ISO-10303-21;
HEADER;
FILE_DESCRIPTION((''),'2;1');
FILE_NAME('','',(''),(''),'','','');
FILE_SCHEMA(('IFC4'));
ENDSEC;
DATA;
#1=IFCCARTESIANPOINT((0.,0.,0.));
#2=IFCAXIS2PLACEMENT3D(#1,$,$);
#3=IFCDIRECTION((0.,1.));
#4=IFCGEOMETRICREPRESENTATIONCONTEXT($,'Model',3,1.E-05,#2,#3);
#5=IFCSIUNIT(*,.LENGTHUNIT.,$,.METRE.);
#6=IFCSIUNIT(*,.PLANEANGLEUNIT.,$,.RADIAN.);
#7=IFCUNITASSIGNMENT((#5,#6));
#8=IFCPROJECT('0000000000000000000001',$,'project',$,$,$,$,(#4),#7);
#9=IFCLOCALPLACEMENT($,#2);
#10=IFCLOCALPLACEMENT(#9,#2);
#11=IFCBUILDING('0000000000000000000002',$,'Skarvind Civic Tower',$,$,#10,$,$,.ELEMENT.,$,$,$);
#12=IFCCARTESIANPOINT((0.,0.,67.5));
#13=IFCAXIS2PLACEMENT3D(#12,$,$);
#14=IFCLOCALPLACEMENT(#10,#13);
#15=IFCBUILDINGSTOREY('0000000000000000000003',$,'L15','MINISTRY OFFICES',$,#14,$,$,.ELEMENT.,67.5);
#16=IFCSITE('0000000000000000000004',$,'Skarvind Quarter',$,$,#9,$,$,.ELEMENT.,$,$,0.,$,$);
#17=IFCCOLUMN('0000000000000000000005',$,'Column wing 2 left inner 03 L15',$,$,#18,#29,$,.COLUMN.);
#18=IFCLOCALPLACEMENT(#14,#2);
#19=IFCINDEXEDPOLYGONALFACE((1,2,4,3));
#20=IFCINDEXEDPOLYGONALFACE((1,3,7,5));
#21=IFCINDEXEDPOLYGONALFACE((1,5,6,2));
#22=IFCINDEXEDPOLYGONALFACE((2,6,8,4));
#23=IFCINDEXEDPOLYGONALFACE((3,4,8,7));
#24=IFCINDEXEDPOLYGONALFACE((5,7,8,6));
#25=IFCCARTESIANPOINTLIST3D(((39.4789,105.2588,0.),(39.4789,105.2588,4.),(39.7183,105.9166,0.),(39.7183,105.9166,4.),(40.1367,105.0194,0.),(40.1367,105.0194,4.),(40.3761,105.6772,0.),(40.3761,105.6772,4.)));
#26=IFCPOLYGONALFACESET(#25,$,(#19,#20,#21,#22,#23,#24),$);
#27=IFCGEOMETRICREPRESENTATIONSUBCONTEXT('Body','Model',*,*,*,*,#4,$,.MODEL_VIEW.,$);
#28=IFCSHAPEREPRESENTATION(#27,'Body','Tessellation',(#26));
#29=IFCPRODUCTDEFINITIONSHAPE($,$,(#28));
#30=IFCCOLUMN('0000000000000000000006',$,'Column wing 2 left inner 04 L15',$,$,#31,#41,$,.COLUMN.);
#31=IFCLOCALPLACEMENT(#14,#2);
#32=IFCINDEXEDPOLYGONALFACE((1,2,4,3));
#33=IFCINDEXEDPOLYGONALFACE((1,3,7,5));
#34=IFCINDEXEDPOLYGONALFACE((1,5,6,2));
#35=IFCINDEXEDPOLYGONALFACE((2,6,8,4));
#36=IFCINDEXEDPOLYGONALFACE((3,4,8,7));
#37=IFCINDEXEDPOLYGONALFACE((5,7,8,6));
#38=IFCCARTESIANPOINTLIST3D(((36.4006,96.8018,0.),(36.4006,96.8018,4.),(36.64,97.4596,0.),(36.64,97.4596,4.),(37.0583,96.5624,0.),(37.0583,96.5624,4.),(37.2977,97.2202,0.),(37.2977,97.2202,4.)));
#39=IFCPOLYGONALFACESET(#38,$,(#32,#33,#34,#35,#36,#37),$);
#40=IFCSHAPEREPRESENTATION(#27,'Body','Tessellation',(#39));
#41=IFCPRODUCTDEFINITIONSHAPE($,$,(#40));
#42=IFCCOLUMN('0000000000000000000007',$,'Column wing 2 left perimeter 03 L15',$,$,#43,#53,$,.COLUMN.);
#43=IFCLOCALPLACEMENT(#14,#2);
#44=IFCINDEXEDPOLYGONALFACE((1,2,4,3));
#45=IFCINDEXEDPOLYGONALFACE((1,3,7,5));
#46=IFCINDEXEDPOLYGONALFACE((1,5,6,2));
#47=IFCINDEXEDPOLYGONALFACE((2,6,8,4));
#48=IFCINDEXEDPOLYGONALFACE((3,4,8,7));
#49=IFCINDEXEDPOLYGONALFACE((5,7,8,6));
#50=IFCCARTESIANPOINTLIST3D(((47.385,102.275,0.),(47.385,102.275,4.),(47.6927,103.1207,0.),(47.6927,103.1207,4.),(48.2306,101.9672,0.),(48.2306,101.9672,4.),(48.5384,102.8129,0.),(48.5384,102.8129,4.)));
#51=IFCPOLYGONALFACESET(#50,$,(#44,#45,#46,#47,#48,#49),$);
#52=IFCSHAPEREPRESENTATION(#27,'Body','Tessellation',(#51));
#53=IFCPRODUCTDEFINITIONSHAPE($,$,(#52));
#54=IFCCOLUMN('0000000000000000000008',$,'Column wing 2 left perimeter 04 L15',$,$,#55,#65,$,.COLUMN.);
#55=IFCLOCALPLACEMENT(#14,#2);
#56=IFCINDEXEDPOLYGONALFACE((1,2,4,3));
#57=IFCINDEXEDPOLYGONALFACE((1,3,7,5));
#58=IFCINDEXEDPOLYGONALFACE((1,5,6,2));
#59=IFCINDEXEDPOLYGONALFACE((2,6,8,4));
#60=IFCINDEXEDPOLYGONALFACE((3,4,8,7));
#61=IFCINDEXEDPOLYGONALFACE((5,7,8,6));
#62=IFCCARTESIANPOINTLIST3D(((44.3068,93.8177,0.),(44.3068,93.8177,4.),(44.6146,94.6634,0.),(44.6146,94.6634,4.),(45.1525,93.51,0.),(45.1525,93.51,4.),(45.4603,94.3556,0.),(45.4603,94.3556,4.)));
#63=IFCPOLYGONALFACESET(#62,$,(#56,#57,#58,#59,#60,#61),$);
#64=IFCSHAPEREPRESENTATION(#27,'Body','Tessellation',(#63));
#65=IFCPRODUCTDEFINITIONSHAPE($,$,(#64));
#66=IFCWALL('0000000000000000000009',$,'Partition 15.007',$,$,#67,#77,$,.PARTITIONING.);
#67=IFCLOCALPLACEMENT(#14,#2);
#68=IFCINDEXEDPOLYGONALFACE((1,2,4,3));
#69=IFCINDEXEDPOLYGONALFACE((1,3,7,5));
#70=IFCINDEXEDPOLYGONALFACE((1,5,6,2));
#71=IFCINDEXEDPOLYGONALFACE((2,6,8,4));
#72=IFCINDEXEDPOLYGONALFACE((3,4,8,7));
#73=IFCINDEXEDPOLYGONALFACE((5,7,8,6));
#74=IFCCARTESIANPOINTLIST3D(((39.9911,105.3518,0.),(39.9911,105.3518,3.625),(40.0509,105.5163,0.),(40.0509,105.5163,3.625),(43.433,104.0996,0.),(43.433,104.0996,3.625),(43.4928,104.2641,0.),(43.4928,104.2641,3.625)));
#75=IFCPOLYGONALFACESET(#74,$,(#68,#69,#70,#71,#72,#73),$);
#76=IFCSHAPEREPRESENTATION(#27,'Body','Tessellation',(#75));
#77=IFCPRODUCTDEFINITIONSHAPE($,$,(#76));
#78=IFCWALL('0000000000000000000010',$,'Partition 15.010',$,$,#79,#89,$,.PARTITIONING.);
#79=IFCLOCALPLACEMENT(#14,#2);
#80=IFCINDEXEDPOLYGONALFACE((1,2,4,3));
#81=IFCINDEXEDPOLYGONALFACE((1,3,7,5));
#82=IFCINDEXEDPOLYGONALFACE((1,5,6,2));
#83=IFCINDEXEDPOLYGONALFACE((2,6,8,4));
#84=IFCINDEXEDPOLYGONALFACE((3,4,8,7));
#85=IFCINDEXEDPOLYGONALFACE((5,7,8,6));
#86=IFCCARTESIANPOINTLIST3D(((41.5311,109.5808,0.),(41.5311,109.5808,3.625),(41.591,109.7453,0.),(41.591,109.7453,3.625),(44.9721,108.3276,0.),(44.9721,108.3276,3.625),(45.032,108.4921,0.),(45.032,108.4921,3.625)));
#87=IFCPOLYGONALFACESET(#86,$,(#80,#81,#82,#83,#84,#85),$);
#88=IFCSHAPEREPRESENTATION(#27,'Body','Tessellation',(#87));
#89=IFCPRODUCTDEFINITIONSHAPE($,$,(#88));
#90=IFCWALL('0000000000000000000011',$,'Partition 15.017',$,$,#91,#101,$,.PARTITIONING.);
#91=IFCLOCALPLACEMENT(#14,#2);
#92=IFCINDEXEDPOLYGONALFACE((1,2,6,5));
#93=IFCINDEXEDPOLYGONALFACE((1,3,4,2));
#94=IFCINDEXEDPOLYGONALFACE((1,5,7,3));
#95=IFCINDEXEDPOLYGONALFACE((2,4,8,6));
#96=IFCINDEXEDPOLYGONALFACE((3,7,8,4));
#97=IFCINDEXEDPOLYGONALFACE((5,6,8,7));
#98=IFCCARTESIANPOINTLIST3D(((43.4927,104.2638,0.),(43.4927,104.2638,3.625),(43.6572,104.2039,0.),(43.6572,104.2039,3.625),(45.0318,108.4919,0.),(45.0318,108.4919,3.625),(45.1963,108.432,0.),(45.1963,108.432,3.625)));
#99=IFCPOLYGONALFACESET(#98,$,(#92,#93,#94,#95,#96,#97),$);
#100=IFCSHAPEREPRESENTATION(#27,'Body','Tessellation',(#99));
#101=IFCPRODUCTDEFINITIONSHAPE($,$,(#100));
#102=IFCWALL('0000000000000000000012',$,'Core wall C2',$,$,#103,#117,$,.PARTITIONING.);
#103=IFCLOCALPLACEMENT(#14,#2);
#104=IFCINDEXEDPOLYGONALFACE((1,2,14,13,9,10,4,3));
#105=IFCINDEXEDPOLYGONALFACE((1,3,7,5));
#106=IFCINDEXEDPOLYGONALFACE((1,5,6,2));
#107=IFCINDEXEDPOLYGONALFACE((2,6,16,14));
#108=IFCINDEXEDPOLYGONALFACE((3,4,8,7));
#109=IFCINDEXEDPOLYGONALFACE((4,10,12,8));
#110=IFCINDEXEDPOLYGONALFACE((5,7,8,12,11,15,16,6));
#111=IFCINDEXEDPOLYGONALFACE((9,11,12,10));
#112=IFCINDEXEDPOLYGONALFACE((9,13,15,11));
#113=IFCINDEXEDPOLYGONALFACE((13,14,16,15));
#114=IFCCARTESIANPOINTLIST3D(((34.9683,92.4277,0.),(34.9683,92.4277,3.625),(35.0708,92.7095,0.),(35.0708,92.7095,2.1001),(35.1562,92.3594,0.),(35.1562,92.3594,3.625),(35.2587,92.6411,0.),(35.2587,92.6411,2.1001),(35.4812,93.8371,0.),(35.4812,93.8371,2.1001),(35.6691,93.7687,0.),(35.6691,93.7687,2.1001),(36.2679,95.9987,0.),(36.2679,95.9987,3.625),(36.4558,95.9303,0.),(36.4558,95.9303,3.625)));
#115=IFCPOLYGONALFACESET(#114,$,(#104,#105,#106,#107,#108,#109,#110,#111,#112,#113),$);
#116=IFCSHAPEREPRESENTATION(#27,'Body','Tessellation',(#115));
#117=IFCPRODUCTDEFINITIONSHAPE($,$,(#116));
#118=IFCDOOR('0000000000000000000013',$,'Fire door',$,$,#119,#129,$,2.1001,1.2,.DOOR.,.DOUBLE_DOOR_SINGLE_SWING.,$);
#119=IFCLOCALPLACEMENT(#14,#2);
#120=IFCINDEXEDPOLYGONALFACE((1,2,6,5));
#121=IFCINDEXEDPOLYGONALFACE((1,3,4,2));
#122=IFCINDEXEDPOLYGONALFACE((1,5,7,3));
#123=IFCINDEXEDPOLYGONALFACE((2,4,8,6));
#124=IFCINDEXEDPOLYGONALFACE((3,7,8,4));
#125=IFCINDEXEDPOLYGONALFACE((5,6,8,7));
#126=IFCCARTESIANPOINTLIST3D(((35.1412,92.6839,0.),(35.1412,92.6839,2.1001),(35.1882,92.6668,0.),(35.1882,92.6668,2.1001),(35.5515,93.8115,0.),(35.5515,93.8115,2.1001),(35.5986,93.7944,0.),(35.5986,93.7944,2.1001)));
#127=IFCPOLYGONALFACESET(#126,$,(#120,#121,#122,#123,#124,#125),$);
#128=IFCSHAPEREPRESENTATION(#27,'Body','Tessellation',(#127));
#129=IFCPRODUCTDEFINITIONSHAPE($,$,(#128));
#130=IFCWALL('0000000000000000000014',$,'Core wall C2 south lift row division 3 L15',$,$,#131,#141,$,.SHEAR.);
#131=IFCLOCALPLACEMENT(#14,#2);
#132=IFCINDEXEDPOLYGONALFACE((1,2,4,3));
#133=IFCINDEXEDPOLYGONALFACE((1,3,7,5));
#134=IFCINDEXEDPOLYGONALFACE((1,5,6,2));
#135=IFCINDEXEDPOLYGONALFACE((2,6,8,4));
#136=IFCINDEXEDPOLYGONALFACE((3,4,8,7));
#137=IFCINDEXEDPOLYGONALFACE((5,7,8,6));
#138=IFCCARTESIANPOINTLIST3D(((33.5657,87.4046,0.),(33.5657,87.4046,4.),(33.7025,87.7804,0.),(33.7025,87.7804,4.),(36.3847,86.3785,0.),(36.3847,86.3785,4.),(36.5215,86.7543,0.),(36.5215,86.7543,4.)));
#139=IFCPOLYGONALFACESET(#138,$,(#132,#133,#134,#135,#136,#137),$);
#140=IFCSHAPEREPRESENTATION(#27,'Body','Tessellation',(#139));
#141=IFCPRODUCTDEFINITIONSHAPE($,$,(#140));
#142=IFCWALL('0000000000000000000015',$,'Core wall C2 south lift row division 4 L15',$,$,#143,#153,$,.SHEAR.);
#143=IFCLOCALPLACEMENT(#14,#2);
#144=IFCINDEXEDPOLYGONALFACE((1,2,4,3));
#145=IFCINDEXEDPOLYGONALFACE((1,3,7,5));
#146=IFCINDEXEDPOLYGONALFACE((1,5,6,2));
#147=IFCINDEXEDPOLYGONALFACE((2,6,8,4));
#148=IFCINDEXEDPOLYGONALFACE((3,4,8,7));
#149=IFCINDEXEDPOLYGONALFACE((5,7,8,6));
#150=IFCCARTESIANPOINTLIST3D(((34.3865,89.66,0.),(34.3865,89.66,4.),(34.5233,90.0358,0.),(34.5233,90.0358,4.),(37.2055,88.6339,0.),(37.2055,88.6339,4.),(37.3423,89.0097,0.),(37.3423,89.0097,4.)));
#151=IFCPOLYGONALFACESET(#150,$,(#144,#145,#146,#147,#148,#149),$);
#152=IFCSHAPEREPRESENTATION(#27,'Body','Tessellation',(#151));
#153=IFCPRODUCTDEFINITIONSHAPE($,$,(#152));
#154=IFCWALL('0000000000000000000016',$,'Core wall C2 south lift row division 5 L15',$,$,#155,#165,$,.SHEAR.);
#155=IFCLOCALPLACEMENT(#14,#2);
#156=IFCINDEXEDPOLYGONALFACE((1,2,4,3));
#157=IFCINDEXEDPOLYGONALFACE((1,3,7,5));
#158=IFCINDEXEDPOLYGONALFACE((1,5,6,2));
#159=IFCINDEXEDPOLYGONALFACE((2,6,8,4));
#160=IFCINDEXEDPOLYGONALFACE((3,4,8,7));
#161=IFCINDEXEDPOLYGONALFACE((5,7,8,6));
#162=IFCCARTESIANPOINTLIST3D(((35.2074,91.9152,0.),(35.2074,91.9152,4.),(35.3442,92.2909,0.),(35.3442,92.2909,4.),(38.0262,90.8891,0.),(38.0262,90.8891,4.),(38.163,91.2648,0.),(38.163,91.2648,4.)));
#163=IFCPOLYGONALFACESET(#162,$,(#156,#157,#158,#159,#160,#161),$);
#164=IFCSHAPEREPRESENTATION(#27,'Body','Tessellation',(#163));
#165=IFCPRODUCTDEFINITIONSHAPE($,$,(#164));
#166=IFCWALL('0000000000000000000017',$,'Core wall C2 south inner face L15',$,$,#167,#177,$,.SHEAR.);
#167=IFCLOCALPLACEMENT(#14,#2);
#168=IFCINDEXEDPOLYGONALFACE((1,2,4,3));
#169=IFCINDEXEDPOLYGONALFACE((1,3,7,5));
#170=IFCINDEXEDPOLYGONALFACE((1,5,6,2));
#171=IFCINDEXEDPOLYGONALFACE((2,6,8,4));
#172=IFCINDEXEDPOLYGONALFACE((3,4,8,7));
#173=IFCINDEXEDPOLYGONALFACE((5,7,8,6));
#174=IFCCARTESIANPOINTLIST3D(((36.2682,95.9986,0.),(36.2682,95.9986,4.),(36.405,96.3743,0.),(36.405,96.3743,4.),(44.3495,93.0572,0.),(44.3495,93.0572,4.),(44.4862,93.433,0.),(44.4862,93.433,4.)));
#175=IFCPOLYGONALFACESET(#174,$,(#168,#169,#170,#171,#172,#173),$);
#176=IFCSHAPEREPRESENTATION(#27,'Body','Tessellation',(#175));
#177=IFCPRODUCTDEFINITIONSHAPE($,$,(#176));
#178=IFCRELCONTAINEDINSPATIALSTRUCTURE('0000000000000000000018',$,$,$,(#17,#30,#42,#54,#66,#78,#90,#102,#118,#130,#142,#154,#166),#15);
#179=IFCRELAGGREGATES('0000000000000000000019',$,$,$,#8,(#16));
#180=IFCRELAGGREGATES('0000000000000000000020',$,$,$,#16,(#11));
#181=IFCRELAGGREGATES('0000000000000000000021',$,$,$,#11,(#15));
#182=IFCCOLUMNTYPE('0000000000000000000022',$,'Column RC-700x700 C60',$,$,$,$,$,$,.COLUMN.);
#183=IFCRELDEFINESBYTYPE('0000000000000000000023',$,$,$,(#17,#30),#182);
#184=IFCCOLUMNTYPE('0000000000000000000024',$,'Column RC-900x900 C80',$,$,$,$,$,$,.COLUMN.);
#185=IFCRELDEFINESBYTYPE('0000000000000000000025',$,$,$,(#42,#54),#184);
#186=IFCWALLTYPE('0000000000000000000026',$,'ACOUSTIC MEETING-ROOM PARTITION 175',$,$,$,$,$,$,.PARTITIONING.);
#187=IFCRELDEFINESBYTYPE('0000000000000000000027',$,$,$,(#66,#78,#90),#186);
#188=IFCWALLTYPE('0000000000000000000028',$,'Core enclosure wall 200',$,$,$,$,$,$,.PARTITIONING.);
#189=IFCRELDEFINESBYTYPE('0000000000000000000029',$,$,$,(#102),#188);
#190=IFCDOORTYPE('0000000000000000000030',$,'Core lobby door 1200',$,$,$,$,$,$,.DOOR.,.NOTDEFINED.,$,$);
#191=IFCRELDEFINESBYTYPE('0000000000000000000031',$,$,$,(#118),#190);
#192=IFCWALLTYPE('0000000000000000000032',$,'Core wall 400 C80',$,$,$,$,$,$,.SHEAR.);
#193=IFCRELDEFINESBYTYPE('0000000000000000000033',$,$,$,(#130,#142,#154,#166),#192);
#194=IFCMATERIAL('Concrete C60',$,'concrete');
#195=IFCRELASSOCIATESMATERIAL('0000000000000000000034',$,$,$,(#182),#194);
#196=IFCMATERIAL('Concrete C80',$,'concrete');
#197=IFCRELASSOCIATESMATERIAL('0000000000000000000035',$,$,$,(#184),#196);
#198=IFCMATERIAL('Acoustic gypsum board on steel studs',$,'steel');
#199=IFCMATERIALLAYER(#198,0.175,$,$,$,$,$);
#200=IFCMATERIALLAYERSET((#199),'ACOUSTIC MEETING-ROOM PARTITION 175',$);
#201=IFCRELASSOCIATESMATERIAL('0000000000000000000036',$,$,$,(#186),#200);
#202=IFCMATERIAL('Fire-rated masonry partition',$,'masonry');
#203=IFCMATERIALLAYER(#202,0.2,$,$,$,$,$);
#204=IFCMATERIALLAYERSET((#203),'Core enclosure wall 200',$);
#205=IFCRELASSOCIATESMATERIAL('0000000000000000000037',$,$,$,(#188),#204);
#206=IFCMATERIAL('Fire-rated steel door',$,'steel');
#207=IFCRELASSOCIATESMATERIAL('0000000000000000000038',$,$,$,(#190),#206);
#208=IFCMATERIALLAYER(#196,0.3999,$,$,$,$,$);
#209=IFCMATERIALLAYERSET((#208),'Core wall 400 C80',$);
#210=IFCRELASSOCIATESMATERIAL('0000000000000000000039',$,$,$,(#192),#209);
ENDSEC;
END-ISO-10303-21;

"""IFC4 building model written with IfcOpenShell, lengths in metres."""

from ifc_helpers import new_model, si_unit, direction, frame, frame_2d, origin, origin_2d, place, context, subcontext, project, spatial, rectangle, extrude, material, layer, layer_set, material_profile, profile_set, type_object, element, fill, save


model = new_model("IFC4")

# Units and contexts
model_context = context("Model", 3, precision=1e-05, world=origin(), true_north=direction((0.0, 1.0)))
body_context = subcontext(model_context, "Body", "Model", "MODEL_VIEW")
ifc_project = project(units=[si_unit("LENGTHUNIT", "METRE"), si_unit("PLANEANGLEUNIT", "RADIAN")], contexts=[model_context])

# Site, building, storey
site_placement = place(None, origin())
site = spatial("IfcSite", under=ifc_project, at=site_placement, Name="Skarvind Quarter", CompositionType="ELEMENT", RefElevation=0.0)
building_placement = place(site_placement, origin())
building = spatial("IfcBuilding", under=site, at=building_placement, Name="Skarvind Civic Tower", CompositionType="ELEMENT")
storey_placement = place(building_placement, frame((0.0, 0.0, 67.5)))
storey = spatial("IfcBuildingStorey", under=building, at=storey_placement, Name="L15", Description="MINISTRY OFFICES", CompositionType="ELEMENT", Elevation=67.5)

# Columns
ifc_material_1 = material(Name="Concrete C60", Category="concrete")
ifc_material_profile_1 = material_profile(ifc_material_1, rectangle(XDim=0.7, YDim=0.7, at=origin_2d()), Name="RC-700x700")
ifc_profile_set_1 = profile_set([ifc_material_profile_1], Name="Concrete C60")
column_type_1 = type_object("IfcColumnType", Name="Column RC-700x700 C60", PredefinedType="COLUMN", material=ifc_profile_set_1)
for number, where, z_axis, x_axis, name in (
    (1, (39.9275, 105.468, 0.0), (0.0, 0.0, 1.0), (-0.34202, -0.939693, 0.0), "Column wing 2 left inner 03 L15"),
    (2, (36.8491, 97.011, 0.0), (0.0, 0.0, 1.0), (-0.34202, -0.939693, 0.0), "Column wing 2 left inner 04 L15"),
):
    element("IfcColumn", number, at=place(storey_placement, frame(where, z_axis=z_axis, x_axis=x_axis)), inside=storey, type_object=column_type_1, Name=name, PredefinedType="COLUMN", context=body_context, shape_type="SweptSolid", body=[
        extrude(rectangle(XDim=0.7, YDim=0.7, at=origin_2d()), origin(), (0.0, 0.0, 1.0), 4.0),
    ])
ifc_material_2 = material(Name="Concrete C80", Category="concrete")
ifc_material_profile_2 = material_profile(ifc_material_2, rectangle(XDim=0.8999, YDim=0.8999, at=origin_2d()), Name="RC-900x900")
ifc_profile_set_2 = profile_set([ifc_material_profile_2], Name="Concrete C80")
column_type_2 = type_object("IfcColumnType", Name="Column RC-900x900 C80", PredefinedType="COLUMN", material=ifc_profile_set_2)
for number, where, z_axis, x_axis, name in (
    (3, (47.9617, 102.5439, 0.0), (0.0, 0.0, 1.0), (-0.34202, -0.939693, 0.0), "Column wing 2 left perimeter 03 L15"),
    (4, (44.8835, 94.0867, 0.0), (0.0, 0.0, 1.0), (-0.34202, -0.939693, 0.0), "Column wing 2 left perimeter 04 L15"),
):
    element("IfcColumn", number, at=place(storey_placement, frame(where, z_axis=z_axis, x_axis=x_axis)), inside=storey, type_object=column_type_2, Name=name, PredefinedType="COLUMN", context=body_context, shape_type="SweptSolid", body=[
        extrude(rectangle(XDim=0.8999, YDim=0.8999, at=origin_2d()), origin(), (0.0, 0.0, 1.0), 4.0),
    ])

# Walls
ifc_material_3 = material(Name="Acoustic gypsum board on steel studs", Category="steel")
ifc_layer_1 = layer(ifc_material_3, 0.175)
ifc_layer_set_1 = layer_set([ifc_layer_1], Name="ACOUSTIC MEETING-ROOM PARTITION 175")
wall_type_1 = type_object("IfcWallType", Name="ACOUSTIC MEETING-ROOM PARTITION 175", PredefinedType="PARTITIONING", material=ifc_layer_set_1)
wall_1_placement = place(storey_placement, frame((40.021, 105.4341, 0.0), z_axis=(0.0, 0.0, 1.0), x_axis=(0.939741, -0.341888, 0.0)))
element("IfcWall", 5, at=wall_1_placement, inside=storey, type_object=wall_type_1, Name="Partition 15.007", PredefinedType="PARTITIONING", context=body_context, shape_type="SweptSolid", body=[
    extrude(rectangle(XDim=3.6626, YDim=0.175, at=frame_2d((1.8313, 0.0))), origin(), (0.0, 0.0, 1.0), 3.625),
])
wall_2_placement = place(storey_placement, frame((41.561, 109.6631, 0.0), z_axis=(0.0, 0.0, 1.0), x_axis=(0.939624, -0.342209, 0.0)))
element("IfcWall", 6, at=wall_2_placement, inside=storey, type_object=wall_type_1, Name="Partition 15.010", PredefinedType="PARTITIONING", context=body_context, shape_type="SweptSolid", body=[
    extrude(rectangle(XDim=3.6621, YDim=0.175, at=frame_2d((1.8311, 0.0))), origin(), (0.0, 0.0, 1.0), 3.625),
])
wall_3_placement = place(storey_placement, frame((45.114, 108.4619, 0.0), z_axis=(0.0, 0.0, 1.0), x_axis=(-0.342057, -0.939679, 0.0)))
element("IfcWall", 7, at=wall_3_placement, inside=storey, type_object=wall_type_1, Name="Partition 15.017", PredefinedType="PARTITIONING", context=body_context, shape_type="SweptSolid", body=[
    extrude(rectangle(XDim=4.4995, YDim=0.175, at=frame_2d((2.2498, 0.0))), origin(), (0.0, 0.0, 1.0), 3.625),
])

# Wall, opening, door
ifc_material_4 = material(Name="Fire-rated masonry partition", Category="masonry")
ifc_layer_2 = layer(ifc_material_4, 0.2)
ifc_layer_set_2 = layer_set([ifc_layer_2], Name="Core enclosure wall 200")
wall_type_2 = type_object("IfcWallType", Name="Core enclosure wall 200", PredefinedType="PARTITIONING", material=ifc_layer_set_2)
wall_4_placement = place(storey_placement, frame((36.3618, 95.9644, 0.0), z_axis=(0.0, 0.0, 1.0), x_axis=(-0.341996, -0.939701, 0.0)))
wall_4 = element("IfcWall", 8, at=wall_4_placement, inside=storey, type_object=wall_type_2, Name="Core wall C2", PredefinedType="PARTITIONING", context=body_context, shape_type="SweptSolid", body=[
    extrude(rectangle(XDim=3.8, YDim=0.2, at=frame_2d((1.8999, 0.0))), origin(), (0.0, 0.0, 1.0), 3.625),
])
opening_1_placement = place(wall_4_placement, frame((2.3, 0.0, 0.0)))
opening_1 = element("IfcOpeningElement", 9, at=opening_1_placement, cuts=wall_4, PredefinedType="OPENING", context=body_context, shape_type="SweptSolid", body=[
    extrude(rectangle(XDim=1.2, YDim=2.1001, at=frame_2d((0.6001, 1.05))), frame((0.0, 0.1099, 0.0), z_axis=(0.0, -1.0, 0.0), x_axis=(1.0, 0.0, 0.0)), (0.0, 0.0, 1.0), 0.22),
])
ifc_material_5 = material(Name="Fire-rated steel door", Category="steel")
door_type_1 = type_object("IfcDoorType", Name="Core lobby door 1200", OperationType="NOTDEFINED", PredefinedType="DOOR", material=ifc_material_5)
door_1_placement = place(opening_1_placement, origin())
door_1 = element("IfcDoor", 10, at=door_1_placement, inside=storey, type_object=door_type_1, Name="Fire door", OperationType="DOUBLE_DOOR_SINGLE_SWING", OverallHeight=2.1001, OverallWidth=1.2, PredefinedType="DOOR", context=body_context, shape_type="SweptSolid", body=[
    extrude(rectangle(XDim=1.2, YDim=2.1001, at=frame_2d((0.6001, 1.05))), frame((0.0, 0.0249, 0.0), z_axis=(0.0, -1.0, 0.0), x_axis=(1.0, 0.0, 0.0)), (0.0, 0.0, 1.0), 0.05),
])
fill(opening_1, door_1)

# Walls
ifc_layer_3 = layer(ifc_material_2, 0.3999)
ifc_layer_set_3 = layer_set([ifc_layer_3], Name="Core wall 400 C80")
wall_type_3 = type_object("IfcWallType", Name="Core wall 400 C80", PredefinedType="SHEAR", material=ifc_layer_set_3)
for number, where, z_axis, x_axis, name in (
    (11, (36.4531, 86.5664, 0.0), (0.0, 0.0, 1.0), (-0.939686, 0.342037, 0.0), "Core wall C2 south lift row division 3 L15"),
    (12, (37.2739, 88.8218, 0.0), (0.0, 0.0, 1.0), (-0.939686, 0.342037, 0.0), "Core wall C2 south lift row division 4 L15"),
):
    element("IfcWall", number, at=place(storey_placement, frame(where, z_axis=z_axis, x_axis=x_axis)), inside=storey, type_object=wall_type_3, Name=name, PredefinedType="SHEAR", context=body_context, shape_type="SweptSolid", body=[
        extrude(rectangle(XDim=3.0, YDim=0.3999, at=frame_2d((1.5, 0.0))), origin(), (0.0, 0.0, 1.0), 4.0),
    ])
wall_5_placement = place(storey_placement, frame((38.0947, 91.0769, 0.0), z_axis=(0.0, 0.0, 1.0), x_axis=(-0.939677, 0.342063, 0.0)))
element("IfcWall", 13, at=wall_5_placement, inside=storey, type_object=wall_type_3, Name="Core wall C2 south lift row division 5 L15", PredefinedType="SHEAR", context=body_context, shape_type="SweptSolid", body=[
    extrude(rectangle(XDim=2.9998, YDim=0.3999, at=frame_2d((1.5, 0.0))), origin(), (0.0, 0.0, 1.0), 4.0),
])
wall_6_placement = place(storey_placement, frame((44.4177, 93.2451, 0.0), z_axis=(0.0, 0.0, 1.0), x_axis=(-0.939691, 0.342026, 0.0)))
element("IfcWall", 14, at=wall_6_placement, inside=storey, type_object=wall_type_3, Name="Core wall C2 south inner face L15", PredefinedType="SHEAR", context=body_context, shape_type="SweptSolid", body=[
    extrude(rectangle(XDim=8.5999, YDim=0.3999, at=frame_2d((4.2998, 0.0))), origin(), (0.0, 0.0, 1.0), 4.0),
])

save(model, "model.ifc")
